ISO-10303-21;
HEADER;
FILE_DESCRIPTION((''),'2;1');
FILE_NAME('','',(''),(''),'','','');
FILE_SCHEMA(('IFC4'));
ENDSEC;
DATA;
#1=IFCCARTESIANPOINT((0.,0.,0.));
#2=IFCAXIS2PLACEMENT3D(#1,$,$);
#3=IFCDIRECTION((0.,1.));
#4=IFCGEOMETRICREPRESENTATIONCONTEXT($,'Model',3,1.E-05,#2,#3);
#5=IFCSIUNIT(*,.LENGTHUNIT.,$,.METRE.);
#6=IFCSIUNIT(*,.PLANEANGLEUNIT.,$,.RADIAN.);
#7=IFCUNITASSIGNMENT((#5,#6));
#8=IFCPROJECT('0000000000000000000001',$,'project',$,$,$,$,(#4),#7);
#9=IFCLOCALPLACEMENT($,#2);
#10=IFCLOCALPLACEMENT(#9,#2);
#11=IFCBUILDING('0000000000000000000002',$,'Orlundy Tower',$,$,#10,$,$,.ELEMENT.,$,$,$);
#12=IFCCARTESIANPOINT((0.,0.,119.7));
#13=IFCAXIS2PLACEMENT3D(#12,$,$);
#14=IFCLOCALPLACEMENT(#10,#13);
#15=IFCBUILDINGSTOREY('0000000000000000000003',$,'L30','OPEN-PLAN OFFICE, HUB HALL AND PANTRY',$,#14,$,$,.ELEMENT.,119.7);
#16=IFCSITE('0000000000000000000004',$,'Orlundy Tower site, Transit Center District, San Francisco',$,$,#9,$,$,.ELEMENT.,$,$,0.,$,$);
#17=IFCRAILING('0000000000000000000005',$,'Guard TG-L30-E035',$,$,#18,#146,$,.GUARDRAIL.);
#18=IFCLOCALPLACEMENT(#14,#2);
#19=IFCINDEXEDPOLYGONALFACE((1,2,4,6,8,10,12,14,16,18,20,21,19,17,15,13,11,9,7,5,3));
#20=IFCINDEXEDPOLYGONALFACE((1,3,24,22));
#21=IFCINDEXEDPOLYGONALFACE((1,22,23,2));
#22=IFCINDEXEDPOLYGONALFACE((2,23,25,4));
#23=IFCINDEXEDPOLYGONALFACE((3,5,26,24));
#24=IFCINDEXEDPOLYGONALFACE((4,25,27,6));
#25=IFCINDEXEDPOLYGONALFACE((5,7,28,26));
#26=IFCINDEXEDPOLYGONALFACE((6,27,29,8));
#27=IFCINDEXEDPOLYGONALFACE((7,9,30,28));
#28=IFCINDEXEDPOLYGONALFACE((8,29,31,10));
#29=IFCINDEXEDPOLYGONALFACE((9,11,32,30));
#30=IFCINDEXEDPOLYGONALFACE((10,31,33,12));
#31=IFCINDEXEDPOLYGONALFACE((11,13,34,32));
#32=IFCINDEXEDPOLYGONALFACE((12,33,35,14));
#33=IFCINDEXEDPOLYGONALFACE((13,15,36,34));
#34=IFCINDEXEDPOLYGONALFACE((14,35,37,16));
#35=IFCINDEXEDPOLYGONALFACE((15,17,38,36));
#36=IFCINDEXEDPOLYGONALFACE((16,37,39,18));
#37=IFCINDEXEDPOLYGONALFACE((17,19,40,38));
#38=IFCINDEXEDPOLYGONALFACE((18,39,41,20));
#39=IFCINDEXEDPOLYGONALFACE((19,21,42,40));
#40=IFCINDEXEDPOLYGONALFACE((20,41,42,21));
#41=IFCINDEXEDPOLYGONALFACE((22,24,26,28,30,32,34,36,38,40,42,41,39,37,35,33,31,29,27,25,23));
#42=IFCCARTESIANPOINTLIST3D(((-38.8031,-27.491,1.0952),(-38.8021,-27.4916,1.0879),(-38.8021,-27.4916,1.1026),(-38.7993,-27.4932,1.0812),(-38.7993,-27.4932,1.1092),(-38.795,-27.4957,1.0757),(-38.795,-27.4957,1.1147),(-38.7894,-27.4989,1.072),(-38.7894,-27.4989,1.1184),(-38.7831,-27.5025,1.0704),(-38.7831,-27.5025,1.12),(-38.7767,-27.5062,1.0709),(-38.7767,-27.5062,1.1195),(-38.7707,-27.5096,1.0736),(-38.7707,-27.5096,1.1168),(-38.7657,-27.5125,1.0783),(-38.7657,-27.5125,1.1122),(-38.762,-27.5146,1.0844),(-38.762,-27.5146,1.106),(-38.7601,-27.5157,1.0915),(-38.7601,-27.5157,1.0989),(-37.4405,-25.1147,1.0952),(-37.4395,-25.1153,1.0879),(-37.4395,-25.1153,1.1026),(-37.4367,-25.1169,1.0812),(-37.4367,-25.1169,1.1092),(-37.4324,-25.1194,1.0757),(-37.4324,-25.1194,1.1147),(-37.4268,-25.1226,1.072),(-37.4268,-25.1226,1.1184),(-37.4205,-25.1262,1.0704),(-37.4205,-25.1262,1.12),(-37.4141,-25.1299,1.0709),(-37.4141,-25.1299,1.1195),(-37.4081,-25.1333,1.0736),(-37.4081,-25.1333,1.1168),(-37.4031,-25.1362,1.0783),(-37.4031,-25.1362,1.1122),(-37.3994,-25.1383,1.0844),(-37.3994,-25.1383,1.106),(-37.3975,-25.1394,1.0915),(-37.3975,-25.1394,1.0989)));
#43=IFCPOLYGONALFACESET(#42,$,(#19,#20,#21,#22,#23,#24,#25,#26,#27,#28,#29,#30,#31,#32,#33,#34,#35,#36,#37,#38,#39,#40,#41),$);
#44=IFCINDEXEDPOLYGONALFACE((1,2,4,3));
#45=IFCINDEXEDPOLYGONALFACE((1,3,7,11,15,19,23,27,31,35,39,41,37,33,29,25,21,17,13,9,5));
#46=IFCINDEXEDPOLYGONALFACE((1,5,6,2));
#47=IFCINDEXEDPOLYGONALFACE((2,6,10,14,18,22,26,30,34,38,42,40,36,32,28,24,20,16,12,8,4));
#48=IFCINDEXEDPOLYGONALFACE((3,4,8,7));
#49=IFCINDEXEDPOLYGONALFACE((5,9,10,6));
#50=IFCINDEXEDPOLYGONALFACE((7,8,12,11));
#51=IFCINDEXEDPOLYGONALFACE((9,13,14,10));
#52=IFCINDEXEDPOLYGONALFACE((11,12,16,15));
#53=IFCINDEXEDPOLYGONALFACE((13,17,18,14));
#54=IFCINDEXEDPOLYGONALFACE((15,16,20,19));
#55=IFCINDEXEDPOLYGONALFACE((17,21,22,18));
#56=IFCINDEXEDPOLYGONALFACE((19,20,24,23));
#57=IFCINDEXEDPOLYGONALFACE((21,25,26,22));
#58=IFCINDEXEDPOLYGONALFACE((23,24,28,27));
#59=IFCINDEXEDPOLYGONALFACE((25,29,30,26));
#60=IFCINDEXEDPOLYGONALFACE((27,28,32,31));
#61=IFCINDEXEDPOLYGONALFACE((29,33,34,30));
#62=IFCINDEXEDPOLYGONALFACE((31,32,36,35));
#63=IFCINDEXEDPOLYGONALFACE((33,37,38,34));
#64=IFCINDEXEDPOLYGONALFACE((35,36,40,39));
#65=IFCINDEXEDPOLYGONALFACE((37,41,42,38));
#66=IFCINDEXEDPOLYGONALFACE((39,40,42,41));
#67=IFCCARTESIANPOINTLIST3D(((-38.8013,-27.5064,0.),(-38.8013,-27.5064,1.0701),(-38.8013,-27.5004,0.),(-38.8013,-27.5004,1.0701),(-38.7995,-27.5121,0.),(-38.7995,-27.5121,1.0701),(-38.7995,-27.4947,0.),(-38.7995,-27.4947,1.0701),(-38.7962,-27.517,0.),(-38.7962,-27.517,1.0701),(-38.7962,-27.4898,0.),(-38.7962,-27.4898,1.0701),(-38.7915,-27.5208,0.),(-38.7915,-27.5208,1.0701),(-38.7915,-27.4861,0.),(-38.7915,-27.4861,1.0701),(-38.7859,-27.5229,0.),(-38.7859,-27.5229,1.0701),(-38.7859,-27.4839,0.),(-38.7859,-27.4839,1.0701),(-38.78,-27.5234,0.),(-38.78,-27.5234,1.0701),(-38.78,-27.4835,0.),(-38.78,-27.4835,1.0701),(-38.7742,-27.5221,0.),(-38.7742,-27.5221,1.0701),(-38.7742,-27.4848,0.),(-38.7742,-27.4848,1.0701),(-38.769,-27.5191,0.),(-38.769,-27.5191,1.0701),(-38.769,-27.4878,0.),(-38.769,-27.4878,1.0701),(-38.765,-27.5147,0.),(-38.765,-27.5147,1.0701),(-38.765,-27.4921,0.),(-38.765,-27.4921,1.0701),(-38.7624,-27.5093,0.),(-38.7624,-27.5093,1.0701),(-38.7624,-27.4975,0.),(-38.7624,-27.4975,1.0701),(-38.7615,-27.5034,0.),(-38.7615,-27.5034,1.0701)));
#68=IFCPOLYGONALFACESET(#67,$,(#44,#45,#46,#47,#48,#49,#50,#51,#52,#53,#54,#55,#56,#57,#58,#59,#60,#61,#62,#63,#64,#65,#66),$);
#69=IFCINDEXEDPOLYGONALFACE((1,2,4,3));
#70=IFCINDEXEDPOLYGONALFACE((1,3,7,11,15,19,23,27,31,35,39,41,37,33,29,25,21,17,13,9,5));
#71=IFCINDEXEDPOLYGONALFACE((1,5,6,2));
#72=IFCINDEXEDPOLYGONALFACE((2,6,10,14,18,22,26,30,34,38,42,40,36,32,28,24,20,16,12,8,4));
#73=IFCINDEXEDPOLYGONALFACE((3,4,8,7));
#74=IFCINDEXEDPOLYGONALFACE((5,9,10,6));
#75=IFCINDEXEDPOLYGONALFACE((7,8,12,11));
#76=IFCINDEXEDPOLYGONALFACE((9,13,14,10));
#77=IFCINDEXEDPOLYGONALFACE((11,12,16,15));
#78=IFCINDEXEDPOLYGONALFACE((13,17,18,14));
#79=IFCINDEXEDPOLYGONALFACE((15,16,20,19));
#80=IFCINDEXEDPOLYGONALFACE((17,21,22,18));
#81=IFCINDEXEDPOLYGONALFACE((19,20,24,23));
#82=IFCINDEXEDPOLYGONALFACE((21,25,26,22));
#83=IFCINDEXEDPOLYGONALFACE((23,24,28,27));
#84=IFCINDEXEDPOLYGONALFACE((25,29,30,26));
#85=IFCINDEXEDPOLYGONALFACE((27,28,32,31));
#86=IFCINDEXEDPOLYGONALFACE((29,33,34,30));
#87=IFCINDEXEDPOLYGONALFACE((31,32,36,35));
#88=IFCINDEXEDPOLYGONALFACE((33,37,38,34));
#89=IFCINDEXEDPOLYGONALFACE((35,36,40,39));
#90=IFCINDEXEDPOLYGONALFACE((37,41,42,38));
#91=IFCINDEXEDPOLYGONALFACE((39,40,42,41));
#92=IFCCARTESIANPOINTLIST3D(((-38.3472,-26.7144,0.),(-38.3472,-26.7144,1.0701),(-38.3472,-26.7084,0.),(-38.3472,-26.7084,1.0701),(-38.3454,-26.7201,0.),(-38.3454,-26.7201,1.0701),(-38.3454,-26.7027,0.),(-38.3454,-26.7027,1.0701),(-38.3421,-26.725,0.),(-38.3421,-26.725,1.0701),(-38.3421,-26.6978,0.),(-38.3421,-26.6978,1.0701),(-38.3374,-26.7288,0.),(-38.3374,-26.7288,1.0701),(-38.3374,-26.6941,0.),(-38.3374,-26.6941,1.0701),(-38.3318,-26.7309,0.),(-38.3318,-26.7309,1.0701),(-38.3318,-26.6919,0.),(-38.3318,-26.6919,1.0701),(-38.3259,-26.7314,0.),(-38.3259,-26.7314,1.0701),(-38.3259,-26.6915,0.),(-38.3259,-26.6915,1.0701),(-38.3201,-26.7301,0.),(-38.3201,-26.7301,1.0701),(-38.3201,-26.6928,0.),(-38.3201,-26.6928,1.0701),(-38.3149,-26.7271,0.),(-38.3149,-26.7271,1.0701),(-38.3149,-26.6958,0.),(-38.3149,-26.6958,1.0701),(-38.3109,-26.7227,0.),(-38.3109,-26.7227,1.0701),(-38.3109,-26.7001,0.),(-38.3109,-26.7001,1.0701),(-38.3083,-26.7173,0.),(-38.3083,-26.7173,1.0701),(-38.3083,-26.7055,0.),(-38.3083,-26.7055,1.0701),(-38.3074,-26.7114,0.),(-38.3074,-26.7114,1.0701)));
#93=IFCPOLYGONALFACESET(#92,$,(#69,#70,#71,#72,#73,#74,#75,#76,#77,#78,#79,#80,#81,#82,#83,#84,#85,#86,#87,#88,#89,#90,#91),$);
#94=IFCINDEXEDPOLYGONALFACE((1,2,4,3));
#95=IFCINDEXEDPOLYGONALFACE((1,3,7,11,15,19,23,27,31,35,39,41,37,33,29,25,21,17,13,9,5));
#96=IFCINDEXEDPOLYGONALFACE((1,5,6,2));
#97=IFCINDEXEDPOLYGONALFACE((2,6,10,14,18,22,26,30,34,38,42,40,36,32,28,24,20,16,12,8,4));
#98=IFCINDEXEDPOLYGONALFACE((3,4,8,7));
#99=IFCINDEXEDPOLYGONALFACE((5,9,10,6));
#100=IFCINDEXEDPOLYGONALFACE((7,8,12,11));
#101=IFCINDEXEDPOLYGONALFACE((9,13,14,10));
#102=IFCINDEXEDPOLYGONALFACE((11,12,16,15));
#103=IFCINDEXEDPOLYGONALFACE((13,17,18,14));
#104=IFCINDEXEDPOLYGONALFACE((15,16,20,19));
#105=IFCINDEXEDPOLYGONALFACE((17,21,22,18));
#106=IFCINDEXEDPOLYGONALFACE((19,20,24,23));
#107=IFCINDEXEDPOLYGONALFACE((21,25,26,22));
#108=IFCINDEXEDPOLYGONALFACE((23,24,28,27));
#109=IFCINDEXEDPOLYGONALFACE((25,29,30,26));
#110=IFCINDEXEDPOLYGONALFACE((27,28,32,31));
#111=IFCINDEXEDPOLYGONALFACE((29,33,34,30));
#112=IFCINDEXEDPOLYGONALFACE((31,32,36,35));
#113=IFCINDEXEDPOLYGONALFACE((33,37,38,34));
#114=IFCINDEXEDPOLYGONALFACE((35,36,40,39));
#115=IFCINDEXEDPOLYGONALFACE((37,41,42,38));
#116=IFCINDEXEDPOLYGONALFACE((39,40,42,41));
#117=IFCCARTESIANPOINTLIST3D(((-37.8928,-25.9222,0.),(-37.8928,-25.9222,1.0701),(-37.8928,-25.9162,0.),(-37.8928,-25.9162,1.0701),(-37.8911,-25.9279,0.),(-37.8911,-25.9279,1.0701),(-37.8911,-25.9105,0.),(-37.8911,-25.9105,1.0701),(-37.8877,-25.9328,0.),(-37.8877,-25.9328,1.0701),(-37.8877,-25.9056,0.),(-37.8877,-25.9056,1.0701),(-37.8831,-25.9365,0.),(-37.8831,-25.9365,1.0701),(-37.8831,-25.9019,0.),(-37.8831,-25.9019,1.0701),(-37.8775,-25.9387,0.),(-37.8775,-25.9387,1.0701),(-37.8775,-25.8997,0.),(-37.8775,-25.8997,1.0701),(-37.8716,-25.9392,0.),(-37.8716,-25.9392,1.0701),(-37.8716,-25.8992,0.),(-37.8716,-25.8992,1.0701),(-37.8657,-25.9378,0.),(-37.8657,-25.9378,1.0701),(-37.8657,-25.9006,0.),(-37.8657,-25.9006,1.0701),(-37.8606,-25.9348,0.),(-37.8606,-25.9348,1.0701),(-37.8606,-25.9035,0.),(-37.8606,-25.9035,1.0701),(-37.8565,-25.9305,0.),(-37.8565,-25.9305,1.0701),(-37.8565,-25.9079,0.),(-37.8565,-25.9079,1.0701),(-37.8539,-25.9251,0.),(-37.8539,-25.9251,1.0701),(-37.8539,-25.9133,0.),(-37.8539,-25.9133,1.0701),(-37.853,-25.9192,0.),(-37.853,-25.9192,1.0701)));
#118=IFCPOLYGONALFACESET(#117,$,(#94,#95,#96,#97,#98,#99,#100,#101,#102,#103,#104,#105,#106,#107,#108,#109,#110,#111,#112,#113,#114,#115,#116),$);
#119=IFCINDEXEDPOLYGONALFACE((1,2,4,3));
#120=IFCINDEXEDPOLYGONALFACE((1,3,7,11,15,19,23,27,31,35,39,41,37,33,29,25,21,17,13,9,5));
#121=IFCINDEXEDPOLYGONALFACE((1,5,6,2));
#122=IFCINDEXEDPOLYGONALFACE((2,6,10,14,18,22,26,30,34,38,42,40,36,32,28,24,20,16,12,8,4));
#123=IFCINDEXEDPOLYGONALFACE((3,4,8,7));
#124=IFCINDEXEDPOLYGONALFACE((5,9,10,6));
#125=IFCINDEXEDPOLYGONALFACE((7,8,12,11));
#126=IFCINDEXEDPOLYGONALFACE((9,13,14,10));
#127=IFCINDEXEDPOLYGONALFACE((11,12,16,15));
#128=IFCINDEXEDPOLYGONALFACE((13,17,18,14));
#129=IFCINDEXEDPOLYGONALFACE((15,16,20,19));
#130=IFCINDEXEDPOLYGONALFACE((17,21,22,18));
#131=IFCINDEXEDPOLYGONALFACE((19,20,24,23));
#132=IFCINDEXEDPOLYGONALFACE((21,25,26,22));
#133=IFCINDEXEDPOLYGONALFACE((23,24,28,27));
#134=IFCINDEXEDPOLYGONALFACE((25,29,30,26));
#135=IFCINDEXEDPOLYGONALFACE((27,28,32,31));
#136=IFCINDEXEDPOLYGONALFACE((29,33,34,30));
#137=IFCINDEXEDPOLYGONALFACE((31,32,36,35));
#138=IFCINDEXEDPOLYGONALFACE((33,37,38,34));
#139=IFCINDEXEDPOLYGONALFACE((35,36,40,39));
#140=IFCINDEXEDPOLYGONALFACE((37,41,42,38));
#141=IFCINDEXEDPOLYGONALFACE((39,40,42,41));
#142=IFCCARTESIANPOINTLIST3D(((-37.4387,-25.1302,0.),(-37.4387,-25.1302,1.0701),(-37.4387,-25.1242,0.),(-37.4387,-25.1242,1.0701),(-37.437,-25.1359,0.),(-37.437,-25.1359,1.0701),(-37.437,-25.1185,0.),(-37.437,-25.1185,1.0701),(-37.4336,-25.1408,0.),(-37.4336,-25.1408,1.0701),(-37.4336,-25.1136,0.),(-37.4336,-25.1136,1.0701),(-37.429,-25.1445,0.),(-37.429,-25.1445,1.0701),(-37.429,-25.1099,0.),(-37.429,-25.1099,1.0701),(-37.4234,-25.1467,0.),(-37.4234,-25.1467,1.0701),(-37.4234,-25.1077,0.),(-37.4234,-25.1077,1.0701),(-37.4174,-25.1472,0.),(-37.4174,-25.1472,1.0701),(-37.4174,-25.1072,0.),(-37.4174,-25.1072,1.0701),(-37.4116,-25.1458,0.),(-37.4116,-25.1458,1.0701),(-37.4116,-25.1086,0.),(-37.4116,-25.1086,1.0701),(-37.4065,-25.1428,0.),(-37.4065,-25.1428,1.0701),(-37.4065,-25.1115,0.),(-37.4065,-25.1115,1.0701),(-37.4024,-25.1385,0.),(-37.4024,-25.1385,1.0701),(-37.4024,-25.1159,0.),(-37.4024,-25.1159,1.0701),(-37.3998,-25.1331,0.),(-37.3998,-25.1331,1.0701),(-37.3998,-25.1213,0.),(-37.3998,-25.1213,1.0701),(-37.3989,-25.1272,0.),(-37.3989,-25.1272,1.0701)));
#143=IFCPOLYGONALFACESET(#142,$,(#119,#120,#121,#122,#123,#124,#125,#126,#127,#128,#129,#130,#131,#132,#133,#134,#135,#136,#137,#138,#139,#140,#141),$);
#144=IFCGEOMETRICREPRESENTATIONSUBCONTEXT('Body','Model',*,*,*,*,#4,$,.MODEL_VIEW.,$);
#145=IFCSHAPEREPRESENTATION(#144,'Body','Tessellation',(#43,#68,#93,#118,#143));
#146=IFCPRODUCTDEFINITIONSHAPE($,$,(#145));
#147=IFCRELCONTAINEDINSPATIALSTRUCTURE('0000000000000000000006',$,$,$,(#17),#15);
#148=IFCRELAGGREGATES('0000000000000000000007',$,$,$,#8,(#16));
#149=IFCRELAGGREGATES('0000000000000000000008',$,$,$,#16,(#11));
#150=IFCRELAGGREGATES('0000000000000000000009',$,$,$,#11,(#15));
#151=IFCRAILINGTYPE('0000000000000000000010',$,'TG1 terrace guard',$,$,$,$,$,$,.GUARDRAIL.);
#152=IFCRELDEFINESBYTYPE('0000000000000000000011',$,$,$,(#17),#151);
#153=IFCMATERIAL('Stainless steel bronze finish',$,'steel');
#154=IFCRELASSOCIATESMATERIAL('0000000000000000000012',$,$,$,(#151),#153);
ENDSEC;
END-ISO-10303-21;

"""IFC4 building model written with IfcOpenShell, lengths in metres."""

from ifc_helpers import new_model, si_unit, direction, frame, origin, origin_2d, place, context, subcontext, project, spatial, circle, extrude, material, type_object, element, save


model = new_model("IFC4")

# Units and contexts
model_context = context("Model", 3, precision=1e-05, world=origin(), true_north=direction((0.0, 1.0)))
body_context = subcontext(model_context, "Body", "Model", "MODEL_VIEW")
ifc_project = project(units=[si_unit("LENGTHUNIT", "METRE"), si_unit("PLANEANGLEUNIT", "RADIAN")], contexts=[model_context])

# Site, building, storey
site_placement = place(None, origin())
site = spatial("IfcSite", under=ifc_project, at=site_placement, Name="Orlundy Tower site, Transit Center District, San Francisco", CompositionType="ELEMENT", RefElevation=0.0)
building_placement = place(site_placement, origin())
building = spatial("IfcBuilding", under=site, at=building_placement, Name="Orlundy Tower", CompositionType="ELEMENT")
storey_placement = place(building_placement, frame((0.0, 0.0, 119.7)))
storey = spatial("IfcBuildingStorey", under=building, at=storey_placement, Name="L30", Description="OPEN-PLAN OFFICE, HUB HALL AND PANTRY", CompositionType="ELEMENT", Elevation=119.7)

# Railing
ifc_material_1 = material(Name="Stainless steel bronze finish", Category="steel")
railing_type = type_object("IfcRailingType", Name="TG1 terrace guard", PredefinedType="GUARDRAIL", material=ifc_material_1)
railing_1_placement = place(storey_placement, frame((-38.7815, -27.5034, 0.0)))
element("IfcRailing", 1, at=railing_1_placement, inside=storey, type_object=railing_type, Name="Guard TG-L30-E035", PredefinedType="GUARDRAIL", context=body_context, shape_type="SweptSolid", body=[
    extrude(circle(Radius=0.0249, at=origin_2d()), frame((0.0, 0.0, 1.0952), z_axis=(0.497434, 0.867502, 0.0), x_axis=(-0.867502, 0.497434, 0.0)), (0.0, 0.0, 1.0), 2.7393),
    extrude(circle(Radius=0.02, at=origin_2d()), origin(), (0.0, 0.0, 1.0), 1.0701),
    extrude(circle(Radius=0.02, at=origin_2d()), frame((0.4541, 0.792, 0.0)), (0.0, 0.0, 1.0), 1.0701),
    extrude(circle(Radius=0.02, at=origin_2d()), frame((0.9084, 1.5842, 0.0)), (0.0, 0.0, 1.0), 1.0701),
    extrude(circle(Radius=0.02, at=origin_2d()), frame((1.3625, 2.3762, 0.0)), (0.0, 0.0, 1.0), 1.0701),
])

save(model, "model.ifc")
